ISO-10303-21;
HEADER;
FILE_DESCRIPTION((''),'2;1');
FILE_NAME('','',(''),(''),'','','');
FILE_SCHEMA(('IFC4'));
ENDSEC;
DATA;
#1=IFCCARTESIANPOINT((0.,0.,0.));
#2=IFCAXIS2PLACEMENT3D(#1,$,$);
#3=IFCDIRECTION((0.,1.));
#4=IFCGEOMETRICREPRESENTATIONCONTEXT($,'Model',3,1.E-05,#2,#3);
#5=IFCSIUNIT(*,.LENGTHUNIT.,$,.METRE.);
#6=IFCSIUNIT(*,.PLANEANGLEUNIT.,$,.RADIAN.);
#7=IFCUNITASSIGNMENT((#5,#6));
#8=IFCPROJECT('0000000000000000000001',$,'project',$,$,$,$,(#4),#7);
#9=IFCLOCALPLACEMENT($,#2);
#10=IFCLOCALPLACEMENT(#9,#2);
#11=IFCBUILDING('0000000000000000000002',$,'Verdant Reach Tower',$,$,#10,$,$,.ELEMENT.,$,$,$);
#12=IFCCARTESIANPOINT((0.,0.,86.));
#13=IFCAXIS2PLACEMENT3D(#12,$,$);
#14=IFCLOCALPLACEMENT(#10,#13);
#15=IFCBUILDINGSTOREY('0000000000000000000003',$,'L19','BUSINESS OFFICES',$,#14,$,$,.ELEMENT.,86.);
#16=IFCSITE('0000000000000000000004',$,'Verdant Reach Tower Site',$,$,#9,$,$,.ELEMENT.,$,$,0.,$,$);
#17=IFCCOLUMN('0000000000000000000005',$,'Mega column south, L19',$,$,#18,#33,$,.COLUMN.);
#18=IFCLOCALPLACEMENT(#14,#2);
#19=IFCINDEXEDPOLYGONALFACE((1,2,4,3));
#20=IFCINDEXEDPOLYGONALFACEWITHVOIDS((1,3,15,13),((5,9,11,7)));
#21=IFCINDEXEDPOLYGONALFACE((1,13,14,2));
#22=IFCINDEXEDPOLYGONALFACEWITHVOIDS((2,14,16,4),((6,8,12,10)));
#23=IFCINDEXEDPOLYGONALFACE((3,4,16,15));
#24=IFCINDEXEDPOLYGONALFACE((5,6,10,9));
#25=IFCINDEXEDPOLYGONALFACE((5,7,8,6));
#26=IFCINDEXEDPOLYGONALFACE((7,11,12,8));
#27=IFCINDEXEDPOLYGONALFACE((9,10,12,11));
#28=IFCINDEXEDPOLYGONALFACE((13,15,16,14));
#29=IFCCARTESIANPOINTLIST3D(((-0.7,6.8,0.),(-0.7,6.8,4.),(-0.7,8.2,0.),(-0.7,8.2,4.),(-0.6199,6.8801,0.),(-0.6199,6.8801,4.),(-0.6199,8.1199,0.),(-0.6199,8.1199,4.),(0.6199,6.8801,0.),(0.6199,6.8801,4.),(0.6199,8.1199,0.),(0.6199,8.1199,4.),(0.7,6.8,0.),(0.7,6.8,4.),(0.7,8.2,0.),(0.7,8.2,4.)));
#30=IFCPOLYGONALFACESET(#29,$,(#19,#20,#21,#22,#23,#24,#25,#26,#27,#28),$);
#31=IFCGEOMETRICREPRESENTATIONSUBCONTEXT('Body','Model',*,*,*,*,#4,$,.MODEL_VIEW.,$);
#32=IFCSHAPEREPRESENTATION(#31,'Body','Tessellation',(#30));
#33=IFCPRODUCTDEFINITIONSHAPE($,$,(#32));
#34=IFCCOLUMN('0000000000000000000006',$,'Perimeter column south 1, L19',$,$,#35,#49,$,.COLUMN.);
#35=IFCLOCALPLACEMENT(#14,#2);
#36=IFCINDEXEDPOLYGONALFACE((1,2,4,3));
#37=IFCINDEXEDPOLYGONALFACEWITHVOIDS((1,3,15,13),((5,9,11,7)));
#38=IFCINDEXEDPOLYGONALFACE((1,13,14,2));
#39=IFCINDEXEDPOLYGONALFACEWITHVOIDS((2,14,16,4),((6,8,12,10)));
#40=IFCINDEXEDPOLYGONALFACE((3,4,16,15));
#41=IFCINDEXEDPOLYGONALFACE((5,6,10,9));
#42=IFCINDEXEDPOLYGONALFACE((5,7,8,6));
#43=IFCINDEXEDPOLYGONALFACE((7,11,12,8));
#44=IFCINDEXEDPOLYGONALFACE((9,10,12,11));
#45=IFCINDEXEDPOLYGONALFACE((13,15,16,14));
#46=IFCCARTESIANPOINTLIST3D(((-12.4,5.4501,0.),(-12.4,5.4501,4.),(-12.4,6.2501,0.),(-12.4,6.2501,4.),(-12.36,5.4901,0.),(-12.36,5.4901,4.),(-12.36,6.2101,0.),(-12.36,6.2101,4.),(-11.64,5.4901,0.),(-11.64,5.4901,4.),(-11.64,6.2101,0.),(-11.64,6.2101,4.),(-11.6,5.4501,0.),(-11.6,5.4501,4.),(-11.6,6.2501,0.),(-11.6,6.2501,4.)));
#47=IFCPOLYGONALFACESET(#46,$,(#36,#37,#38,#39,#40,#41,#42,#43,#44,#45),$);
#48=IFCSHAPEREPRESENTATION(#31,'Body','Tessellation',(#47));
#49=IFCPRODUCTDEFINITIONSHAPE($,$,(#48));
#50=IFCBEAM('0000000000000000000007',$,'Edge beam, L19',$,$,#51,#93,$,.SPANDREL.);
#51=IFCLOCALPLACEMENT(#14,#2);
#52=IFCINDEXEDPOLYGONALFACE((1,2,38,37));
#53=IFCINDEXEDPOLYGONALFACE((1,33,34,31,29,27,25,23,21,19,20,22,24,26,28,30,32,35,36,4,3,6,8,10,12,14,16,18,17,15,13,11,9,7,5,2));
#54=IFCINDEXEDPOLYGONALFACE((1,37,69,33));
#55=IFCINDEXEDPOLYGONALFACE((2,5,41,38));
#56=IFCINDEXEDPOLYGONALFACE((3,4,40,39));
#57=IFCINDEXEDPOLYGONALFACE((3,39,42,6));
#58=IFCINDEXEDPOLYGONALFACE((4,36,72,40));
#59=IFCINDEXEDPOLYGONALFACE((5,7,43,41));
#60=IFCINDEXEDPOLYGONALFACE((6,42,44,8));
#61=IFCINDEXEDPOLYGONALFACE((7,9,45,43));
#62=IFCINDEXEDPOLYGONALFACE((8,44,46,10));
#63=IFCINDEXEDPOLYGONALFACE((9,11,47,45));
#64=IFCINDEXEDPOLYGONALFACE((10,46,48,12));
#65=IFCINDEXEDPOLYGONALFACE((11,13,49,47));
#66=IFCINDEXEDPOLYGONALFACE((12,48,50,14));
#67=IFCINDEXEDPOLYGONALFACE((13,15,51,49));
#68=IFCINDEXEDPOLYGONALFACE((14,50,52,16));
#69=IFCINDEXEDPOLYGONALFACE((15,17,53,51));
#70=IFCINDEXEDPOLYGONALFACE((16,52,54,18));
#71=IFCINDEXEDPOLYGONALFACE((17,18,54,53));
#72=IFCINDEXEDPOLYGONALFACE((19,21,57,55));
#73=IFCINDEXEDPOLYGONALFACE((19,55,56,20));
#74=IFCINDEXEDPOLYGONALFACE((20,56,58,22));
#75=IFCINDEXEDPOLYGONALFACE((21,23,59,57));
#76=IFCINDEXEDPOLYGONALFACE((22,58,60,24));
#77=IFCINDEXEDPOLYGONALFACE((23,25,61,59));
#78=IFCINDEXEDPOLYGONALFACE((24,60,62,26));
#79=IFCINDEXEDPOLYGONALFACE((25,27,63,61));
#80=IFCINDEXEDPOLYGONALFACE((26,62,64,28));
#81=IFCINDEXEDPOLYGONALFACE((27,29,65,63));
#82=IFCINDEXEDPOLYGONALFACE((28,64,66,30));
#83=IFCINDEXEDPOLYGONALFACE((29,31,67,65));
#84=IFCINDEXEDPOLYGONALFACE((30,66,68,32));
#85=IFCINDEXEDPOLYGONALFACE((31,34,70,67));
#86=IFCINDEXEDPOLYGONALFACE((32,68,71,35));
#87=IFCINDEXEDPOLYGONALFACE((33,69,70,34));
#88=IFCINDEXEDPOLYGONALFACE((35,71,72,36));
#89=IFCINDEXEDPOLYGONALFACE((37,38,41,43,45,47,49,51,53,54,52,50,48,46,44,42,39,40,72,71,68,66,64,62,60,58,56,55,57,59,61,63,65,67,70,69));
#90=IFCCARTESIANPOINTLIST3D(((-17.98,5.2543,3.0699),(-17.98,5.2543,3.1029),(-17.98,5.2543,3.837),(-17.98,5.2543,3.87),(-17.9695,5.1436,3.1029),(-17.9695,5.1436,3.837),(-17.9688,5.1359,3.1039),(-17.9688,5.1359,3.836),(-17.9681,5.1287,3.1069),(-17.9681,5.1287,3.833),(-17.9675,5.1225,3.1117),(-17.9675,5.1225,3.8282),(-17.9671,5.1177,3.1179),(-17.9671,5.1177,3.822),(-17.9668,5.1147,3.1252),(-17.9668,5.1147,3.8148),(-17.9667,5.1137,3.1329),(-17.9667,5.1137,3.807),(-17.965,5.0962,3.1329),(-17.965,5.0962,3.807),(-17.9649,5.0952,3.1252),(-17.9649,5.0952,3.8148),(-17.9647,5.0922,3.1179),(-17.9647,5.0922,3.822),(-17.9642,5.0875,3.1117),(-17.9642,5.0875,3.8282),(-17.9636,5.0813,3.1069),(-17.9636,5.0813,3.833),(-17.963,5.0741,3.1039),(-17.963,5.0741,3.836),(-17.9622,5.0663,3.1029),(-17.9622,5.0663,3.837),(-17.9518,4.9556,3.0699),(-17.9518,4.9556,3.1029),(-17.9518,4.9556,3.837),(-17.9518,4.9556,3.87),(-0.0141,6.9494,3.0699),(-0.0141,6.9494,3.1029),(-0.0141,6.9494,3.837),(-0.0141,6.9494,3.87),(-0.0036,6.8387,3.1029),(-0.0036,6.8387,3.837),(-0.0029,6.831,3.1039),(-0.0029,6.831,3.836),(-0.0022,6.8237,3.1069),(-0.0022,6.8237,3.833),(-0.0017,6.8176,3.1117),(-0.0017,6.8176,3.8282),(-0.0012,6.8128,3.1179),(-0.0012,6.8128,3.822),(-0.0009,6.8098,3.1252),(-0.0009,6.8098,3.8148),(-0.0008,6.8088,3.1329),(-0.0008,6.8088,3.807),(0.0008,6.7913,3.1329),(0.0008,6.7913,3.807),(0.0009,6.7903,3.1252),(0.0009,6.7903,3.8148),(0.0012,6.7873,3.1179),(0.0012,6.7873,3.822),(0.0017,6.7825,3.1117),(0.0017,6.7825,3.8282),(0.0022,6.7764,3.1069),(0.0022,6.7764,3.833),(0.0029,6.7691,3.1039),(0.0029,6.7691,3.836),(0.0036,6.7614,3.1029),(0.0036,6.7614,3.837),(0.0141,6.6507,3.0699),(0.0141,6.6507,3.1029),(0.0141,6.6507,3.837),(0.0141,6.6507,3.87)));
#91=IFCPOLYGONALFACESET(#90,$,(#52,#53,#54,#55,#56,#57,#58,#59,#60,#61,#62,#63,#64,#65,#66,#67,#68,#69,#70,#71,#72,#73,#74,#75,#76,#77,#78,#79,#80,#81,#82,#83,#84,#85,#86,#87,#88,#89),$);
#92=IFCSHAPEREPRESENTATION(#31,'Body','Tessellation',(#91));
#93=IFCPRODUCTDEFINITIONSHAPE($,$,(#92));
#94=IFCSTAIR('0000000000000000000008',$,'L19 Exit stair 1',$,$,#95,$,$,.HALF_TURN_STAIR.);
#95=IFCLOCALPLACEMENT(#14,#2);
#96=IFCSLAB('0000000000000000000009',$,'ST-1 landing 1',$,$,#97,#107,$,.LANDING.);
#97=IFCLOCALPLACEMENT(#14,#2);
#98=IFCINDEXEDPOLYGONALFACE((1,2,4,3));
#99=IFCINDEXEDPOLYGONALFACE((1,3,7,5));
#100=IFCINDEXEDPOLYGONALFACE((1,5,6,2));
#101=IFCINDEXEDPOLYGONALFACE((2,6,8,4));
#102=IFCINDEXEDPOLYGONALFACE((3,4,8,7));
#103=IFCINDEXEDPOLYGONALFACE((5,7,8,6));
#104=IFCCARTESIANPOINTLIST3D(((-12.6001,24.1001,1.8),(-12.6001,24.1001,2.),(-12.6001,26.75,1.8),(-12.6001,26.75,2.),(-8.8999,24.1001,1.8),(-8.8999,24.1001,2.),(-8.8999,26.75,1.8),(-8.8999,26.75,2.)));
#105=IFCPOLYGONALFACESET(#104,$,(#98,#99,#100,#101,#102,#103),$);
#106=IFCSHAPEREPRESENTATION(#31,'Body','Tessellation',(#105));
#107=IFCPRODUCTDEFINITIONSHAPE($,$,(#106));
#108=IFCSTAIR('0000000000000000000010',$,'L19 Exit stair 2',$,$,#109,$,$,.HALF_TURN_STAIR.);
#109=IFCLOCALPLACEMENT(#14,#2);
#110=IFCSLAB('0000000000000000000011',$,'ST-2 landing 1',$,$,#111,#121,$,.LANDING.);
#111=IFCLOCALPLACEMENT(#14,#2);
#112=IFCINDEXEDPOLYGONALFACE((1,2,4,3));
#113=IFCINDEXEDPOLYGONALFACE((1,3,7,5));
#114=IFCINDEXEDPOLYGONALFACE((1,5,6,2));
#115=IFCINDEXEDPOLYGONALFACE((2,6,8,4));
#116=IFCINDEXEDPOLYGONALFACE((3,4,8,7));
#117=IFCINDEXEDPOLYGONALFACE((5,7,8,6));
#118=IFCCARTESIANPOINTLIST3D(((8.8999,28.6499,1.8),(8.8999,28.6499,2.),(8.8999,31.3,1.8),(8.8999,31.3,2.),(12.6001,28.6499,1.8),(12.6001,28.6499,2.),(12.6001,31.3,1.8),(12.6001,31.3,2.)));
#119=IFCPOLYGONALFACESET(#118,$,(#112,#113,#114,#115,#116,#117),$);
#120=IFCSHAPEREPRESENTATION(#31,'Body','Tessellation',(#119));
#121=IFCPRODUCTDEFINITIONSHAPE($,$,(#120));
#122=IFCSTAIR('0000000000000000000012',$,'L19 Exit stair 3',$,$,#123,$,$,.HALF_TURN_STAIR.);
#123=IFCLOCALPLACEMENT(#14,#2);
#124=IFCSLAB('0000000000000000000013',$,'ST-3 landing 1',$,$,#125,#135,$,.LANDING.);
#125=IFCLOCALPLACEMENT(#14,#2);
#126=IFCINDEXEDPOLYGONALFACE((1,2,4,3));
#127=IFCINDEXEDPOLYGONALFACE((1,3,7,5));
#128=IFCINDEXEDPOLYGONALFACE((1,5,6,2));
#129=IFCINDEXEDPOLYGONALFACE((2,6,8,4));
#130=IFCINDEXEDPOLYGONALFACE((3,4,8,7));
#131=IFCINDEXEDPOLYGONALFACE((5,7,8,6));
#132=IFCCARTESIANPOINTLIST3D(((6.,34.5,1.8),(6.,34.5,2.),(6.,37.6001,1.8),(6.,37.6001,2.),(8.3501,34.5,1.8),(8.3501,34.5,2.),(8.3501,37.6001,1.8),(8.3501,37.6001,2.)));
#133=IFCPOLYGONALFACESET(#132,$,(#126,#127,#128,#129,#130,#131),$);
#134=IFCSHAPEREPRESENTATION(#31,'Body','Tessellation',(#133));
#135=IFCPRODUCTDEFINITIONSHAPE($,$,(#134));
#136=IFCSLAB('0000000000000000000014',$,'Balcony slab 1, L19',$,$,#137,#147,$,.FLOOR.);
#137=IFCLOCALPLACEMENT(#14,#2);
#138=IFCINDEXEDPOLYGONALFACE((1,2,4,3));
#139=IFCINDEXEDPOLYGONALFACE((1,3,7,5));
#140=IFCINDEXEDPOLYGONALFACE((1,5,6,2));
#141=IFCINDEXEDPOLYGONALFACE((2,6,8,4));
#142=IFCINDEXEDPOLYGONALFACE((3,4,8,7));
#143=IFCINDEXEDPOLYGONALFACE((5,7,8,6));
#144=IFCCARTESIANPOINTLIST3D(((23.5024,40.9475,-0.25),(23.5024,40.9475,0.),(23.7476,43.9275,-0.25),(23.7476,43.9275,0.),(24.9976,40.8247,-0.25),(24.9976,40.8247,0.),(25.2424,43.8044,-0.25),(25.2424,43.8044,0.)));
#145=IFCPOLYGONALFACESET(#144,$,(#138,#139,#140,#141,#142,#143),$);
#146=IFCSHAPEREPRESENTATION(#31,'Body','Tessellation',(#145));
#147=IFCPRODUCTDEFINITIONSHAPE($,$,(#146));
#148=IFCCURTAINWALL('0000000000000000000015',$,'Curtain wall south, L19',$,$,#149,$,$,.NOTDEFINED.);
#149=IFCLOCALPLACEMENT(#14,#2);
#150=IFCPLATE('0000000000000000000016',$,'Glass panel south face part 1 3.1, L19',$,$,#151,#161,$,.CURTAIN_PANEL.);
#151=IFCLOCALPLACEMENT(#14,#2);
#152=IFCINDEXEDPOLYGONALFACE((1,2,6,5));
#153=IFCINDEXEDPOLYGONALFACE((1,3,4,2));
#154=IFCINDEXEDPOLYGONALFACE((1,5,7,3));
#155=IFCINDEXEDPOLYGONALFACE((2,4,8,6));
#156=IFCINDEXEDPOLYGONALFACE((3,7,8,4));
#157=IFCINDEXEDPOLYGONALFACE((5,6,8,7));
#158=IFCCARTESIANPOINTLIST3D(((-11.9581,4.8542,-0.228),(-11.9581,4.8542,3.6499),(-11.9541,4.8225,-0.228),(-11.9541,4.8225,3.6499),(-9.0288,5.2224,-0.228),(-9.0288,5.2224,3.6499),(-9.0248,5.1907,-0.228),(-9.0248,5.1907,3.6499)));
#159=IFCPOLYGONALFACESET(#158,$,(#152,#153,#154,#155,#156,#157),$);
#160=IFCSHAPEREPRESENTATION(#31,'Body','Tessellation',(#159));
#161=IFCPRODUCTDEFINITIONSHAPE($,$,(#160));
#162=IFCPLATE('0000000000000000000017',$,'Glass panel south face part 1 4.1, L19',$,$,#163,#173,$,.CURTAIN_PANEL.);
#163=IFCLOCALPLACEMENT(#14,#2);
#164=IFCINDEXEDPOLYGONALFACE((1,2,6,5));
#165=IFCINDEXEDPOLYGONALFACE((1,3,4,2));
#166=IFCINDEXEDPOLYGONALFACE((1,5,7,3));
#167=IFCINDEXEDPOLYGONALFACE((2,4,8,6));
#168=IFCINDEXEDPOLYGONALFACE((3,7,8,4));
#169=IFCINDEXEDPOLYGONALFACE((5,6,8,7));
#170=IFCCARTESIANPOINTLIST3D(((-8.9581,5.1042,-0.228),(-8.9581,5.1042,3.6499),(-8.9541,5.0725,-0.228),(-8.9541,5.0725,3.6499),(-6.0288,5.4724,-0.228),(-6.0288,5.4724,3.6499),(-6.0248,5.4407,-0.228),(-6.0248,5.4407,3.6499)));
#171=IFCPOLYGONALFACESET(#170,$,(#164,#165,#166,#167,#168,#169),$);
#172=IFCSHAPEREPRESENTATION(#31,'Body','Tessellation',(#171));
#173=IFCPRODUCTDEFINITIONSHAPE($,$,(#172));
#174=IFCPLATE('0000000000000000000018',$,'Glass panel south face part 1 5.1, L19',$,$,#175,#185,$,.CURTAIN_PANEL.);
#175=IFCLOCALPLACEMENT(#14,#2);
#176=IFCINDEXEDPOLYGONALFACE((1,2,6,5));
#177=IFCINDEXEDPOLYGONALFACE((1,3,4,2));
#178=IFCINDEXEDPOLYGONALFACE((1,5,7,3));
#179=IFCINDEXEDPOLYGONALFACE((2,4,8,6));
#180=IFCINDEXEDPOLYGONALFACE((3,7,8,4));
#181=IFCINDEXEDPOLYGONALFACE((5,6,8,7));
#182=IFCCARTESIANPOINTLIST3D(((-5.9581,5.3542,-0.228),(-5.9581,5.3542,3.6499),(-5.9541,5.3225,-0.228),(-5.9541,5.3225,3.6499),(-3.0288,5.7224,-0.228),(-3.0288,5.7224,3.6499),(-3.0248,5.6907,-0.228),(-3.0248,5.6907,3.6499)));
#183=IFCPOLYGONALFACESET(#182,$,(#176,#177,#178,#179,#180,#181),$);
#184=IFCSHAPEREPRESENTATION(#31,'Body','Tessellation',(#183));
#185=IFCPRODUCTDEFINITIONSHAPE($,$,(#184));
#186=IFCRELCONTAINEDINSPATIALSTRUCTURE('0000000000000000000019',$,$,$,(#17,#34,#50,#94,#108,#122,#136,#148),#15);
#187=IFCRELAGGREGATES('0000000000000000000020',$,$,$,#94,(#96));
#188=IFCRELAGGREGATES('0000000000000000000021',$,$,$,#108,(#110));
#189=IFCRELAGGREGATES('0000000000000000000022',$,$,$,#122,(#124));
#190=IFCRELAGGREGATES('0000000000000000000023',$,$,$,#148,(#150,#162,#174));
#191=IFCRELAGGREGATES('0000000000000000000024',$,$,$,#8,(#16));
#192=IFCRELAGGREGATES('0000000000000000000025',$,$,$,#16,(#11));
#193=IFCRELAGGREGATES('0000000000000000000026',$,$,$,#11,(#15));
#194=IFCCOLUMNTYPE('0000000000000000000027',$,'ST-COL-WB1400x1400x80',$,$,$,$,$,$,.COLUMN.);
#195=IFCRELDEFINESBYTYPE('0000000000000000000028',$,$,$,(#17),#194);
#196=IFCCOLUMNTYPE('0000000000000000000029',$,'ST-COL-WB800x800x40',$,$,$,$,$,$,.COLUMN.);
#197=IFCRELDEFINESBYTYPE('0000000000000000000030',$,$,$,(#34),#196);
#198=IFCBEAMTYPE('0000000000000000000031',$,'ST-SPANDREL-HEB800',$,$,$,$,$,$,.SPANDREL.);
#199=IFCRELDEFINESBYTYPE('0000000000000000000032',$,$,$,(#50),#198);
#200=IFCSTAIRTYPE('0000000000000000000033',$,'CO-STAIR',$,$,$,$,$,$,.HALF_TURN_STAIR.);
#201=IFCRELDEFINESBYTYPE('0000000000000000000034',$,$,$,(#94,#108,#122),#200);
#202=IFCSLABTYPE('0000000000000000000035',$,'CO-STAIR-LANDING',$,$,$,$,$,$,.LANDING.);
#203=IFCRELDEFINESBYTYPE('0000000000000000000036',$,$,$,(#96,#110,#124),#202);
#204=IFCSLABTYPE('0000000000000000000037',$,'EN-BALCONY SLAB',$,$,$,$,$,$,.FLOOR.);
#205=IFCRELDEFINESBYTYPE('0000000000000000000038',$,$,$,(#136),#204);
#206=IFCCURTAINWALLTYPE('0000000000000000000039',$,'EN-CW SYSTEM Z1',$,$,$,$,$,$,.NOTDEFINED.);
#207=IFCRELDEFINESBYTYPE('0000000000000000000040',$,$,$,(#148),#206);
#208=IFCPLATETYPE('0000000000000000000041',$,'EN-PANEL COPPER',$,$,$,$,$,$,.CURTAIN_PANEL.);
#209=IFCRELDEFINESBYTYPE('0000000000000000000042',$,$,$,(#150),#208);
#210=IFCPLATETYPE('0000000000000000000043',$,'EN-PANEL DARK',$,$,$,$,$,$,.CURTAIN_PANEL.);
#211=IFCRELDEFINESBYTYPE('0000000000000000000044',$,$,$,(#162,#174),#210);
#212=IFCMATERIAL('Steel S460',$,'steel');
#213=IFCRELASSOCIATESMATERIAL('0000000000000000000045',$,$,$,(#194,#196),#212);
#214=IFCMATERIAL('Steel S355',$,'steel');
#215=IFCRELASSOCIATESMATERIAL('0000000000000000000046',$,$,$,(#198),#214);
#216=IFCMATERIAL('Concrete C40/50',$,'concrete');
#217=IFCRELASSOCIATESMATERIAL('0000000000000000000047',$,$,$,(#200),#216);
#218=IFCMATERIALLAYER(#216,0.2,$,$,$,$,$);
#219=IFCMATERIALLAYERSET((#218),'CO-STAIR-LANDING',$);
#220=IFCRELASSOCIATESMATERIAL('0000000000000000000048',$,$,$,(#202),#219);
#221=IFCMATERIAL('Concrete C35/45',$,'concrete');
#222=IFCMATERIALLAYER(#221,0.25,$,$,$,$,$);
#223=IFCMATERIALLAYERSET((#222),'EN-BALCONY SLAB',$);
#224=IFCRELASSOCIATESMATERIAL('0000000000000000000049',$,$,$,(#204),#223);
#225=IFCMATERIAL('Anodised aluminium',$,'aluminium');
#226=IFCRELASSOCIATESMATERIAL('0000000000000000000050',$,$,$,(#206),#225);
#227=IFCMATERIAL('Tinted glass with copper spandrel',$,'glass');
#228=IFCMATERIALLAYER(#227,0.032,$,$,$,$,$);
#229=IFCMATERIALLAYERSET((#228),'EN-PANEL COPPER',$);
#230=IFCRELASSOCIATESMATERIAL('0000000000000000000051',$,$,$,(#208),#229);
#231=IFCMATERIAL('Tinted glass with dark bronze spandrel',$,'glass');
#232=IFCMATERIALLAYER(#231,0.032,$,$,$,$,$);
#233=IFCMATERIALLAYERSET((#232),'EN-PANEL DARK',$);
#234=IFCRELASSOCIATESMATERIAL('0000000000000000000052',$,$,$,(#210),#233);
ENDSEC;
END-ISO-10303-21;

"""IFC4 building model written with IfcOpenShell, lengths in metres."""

from ifc_helpers import new_model, si_unit, direction, frame, origin, origin_2d, place, context, subcontext, project, spatial, polyline, rectangle, hollow_rectangle, i_section, outline, extrude, material, layer, layer_set, material_profile, profile_set, type_object, element, aggregate, save


model = new_model("IFC4")

# Units and contexts
model_context = context("Model", 3, precision=1e-05, world=origin(), true_north=direction((0.0, 1.0)))
body_context = subcontext(model_context, "Body", "Model", "MODEL_VIEW")
ifc_project = project(units=[si_unit("LENGTHUNIT", "METRE"), si_unit("PLANEANGLEUNIT", "RADIAN")], contexts=[model_context])

# Site, building, storey
site_placement = place(None, origin())
site = spatial("IfcSite", under=ifc_project, at=site_placement, Name="Verdant Reach Tower Site", CompositionType="ELEMENT", RefElevation=0.0)
building_placement = place(site_placement, origin())
building = spatial("IfcBuilding", under=site, at=building_placement, Name="Verdant Reach Tower", CompositionType="ELEMENT")
storey_placement = place(building_placement, frame((0.0, 0.0, 86.0)))
storey = spatial("IfcBuildingStorey", under=building, at=storey_placement, Name="L19", Description="BUSINESS OFFICES", CompositionType="ELEMENT", Elevation=86.0)

# Columns
ifc_material_1 = material(Name="Steel S460", Category="steel")
ifc_material_profile_1 = material_profile(ifc_material_1, hollow_rectangle(XDim=1.3999, YDim=1.3999, WallThickness=0.0801, at=origin_2d()), Name="WB 1400x1400x80")
ifc_profile_set_1 = profile_set([ifc_material_profile_1], Name="Steel S460")
column_type_1 = type_object("IfcColumnType", Name="ST-COL-WB1400x1400x80", PredefinedType="COLUMN", material=ifc_profile_set_1)
column_1_placement = place(storey_placement, frame((0.0, 7.5, 0.0), z_axis=(0.0, 0.0, 1.0), x_axis=(1.0, 0.0, 0.0)))
element("IfcColumn", 1, at=column_1_placement, inside=storey, type_object=column_type_1, Name="Mega column south, L19", PredefinedType="COLUMN", context=body_context, shape_type="SweptSolid", body=[
    extrude(hollow_rectangle(XDim=1.3999, YDim=1.3999, WallThickness=0.0801, at=origin_2d()), origin(), (0.0, 0.0, 1.0), 4.0),
])
ifc_material_profile_2 = material_profile(ifc_material_1, hollow_rectangle(XDim=0.8, YDim=0.8, WallThickness=0.04, at=origin_2d()), Name="WB 800x800x40")
ifc_profile_set_2 = profile_set([ifc_material_profile_2], Name="Steel S460")
column_type_2 = type_object("IfcColumnType", Name="ST-COL-WB800x800x40", PredefinedType="COLUMN", material=ifc_profile_set_2)
column_2_placement = place(storey_placement, frame((-12.0, 5.8501, 0.0), z_axis=(0.0, 0.0, 1.0), x_axis=(1.0, 0.0, 0.0)))
element("IfcColumn", 2, at=column_2_placement, inside=storey, type_object=column_type_2, Name="Perimeter column south 1, L19", PredefinedType="COLUMN", context=body_context, shape_type="SweptSolid", body=[
    extrude(hollow_rectangle(XDim=0.8, YDim=0.8, WallThickness=0.04, at=origin_2d()), origin(), (0.0, 0.0, 1.0), 4.0),
])

# Beam
ifc_material_2 = material(Name="Steel S355", Category="steel")
ifc_material_profile_3 = material_profile(ifc_material_2, i_section(OverallWidth=0.3, OverallDepth=0.8, WebThickness=0.0176, FlangeThickness=0.033, FilletRadius=0.03, at=origin_2d()), Name="HEB 800")
ifc_profile_set_3 = profile_set([ifc_material_profile_3], Name="Steel S355")
beam_type = type_object("IfcBeamType", Name="ST-SPANDREL-HEB800", PredefinedType="SPANDREL", material=ifc_profile_set_3)
beam_placement = place(storey_placement, frame((0.0, 6.8, 3.47), z_axis=(-0.995579, -0.093932, 0.0), x_axis=(0.093932, -0.995579, 0.0)))
element("IfcBeam", 3, at=beam_placement, inside=storey, type_object=beam_type, Name="Edge beam, L19", PredefinedType="SPANDREL", context=body_context, shape_type="SweptSolid", body=[
    extrude(i_section(OverallWidth=0.3, OverallDepth=0.8, WebThickness=0.0176, FlangeThickness=0.033, FilletRadius=0.03, at=origin_2d()), origin(), (0.0, 0.0, 1.0), 18.0457),
])

# Stairs, slabs
ifc_material_3 = material(Name="Concrete C40/50", Category="concrete")
stair_type = type_object("IfcStairType", Name="CO-STAIR", PredefinedType="HALF_TURN_STAIR", material=ifc_material_3)
stair_1_placement = place(storey_placement, origin())
stair_1 = element("IfcStair", 4, at=stair_1_placement, inside=storey, type_object=stair_type, Name="L19 Exit stair 1", PredefinedType="HALF_TURN_STAIR")
ifc_layer_1 = layer(ifc_material_3, 0.2)
ifc_layer_set_1 = layer_set([ifc_layer_1], Name="CO-STAIR-LANDING")
slab_type_1 = type_object("IfcSlabType", Name="CO-STAIR-LANDING", PredefinedType="LANDING", material=ifc_layer_set_1)
slab_1_placement = place(storey_placement, frame((0.0, 0.0, 1.8)))
slab_1 = element("IfcSlab", 5, at=slab_1_placement, type_object=slab_type_1, Name="ST-1 landing 1", PredefinedType="LANDING", context=body_context, shape_type="SweptSolid", body=[
    extrude(outline(polyline([(-12.6001, 26.75), (-12.6001, 24.1001), (-8.8999, 24.1001), (-8.8999, 26.75), (-12.6001, 26.75)])), origin(), (0.0, 0.0, 1.0), 0.2),
])
aggregate(stair_1, [slab_1])
stair_2_placement = place(storey_placement, origin())
stair_2 = element("IfcStair", 6, at=stair_2_placement, inside=storey, type_object=stair_type, Name="L19 Exit stair 2", PredefinedType="HALF_TURN_STAIR")
slab_2_placement = place(storey_placement, frame((0.0, 0.0, 1.8)))
slab_2 = element("IfcSlab", 7, at=slab_2_placement, type_object=slab_type_1, Name="ST-2 landing 1", PredefinedType="LANDING", context=body_context, shape_type="SweptSolid", body=[
    extrude(outline(polyline([(12.6001, 28.6499), (12.6001, 31.3), (8.8999, 31.3), (8.8999, 28.6499), (12.6001, 28.6499)])), origin(), (0.0, 0.0, 1.0), 0.2),
])
aggregate(stair_2, [slab_2])
stair_3_placement = place(storey_placement, origin())
stair_3 = element("IfcStair", 8, at=stair_3_placement, inside=storey, type_object=stair_type, Name="L19 Exit stair 3", PredefinedType="HALF_TURN_STAIR")
slab_3_placement = place(storey_placement, frame((0.0, 0.0, 1.8)))
slab_3 = element("IfcSlab", 9, at=slab_3_placement, type_object=slab_type_1, Name="ST-3 landing 1", PredefinedType="LANDING", context=body_context, shape_type="SweptSolid", body=[
    extrude(outline(polyline([(8.3501, 37.6001), (6.0, 37.6001), (6.0, 34.5), (8.3501, 34.5), (8.3501, 37.6001)])), origin(), (0.0, 0.0, 1.0), 0.2),
])
aggregate(stair_3, [slab_3])

# Slab
ifc_material_4 = material(Name="Concrete C35/45", Category="concrete")
ifc_layer_2 = layer(ifc_material_4, 0.25)
ifc_layer_set_2 = layer_set([ifc_layer_2], Name="EN-BALCONY SLAB")
slab_type_2 = type_object("IfcSlabType", Name="EN-BALCONY SLAB", PredefinedType="FLOOR", material=ifc_layer_set_2)
slab_4_placement = place(storey_placement, frame((0.0, 0.0, -0.25)))
element("IfcSlab", 10, at=slab_4_placement, inside=storey, type_object=slab_type_2, Name="Balcony slab 1, L19", PredefinedType="FLOOR", context=body_context, shape_type="SweptSolid", body=[
    extrude(outline(polyline([(23.5024, 40.9475), (23.7476, 43.9275), (25.2424, 43.8044), (24.9976, 40.8247), (23.5024, 40.9475)])), origin(), (0.0, 0.0, 1.0), 0.25),
])

# Curtain wall, plates
ifc_material_5 = material(Name="Anodised aluminium", Category="aluminium")
curtain_wall_type = type_object("IfcCurtainWallType", Name="EN-CW SYSTEM Z1", PredefinedType="NOTDEFINED", material=ifc_material_5)
curtain_wall_placement = place(storey_placement, origin())
curtain_wall = element("IfcCurtainWall", 11, at=curtain_wall_placement, inside=storey, type_object=curtain_wall_type, Name="Curtain wall south, L19", PredefinedType="NOTDEFINED")
ifc_material_6 = material(Name="Tinted glass with copper spandrel", Category="glass")
ifc_layer_3 = layer(ifc_material_6, 0.032)
ifc_layer_set_3 = layer_set([ifc_layer_3], Name="EN-PANEL COPPER")
plate_type_1 = type_object("IfcPlateType", Name="EN-PANEL COPPER", PredefinedType="CURTAIN_PANEL", material=ifc_layer_set_3)
plate_1_placement = place(storey_placement, frame((-10.4915, 5.0225, -0.228), z_axis=(0.0, 0.0, 1.0), x_axis=(0.992194, 0.124704, 0.0)))
plate_1 = element("IfcPlate", 12, at=plate_1_placement, type_object=plate_type_1, Name="Glass panel south face part 1 3.1, L19", PredefinedType="CURTAIN_PANEL", context=body_context, shape_type="SweptSolid", body=[
    extrude(rectangle(XDim=2.9524, YDim=0.032, at=origin_2d()), origin(), (0.0, 0.0, 1.0), 3.8779),
])
ifc_material_7 = material(Name="Tinted glass with dark bronze spandrel", Category="glass")
ifc_layer_4 = layer(ifc_material_7, 0.032)
ifc_layer_set_4 = layer_set([ifc_layer_4], Name="EN-PANEL DARK")
plate_type_2 = type_object("IfcPlateType", Name="EN-PANEL DARK", PredefinedType="CURTAIN_PANEL", material=ifc_layer_set_4)
plate_2_placement = place(storey_placement, frame((-7.4915, 5.2725, -0.228), z_axis=(0.0, 0.0, 1.0), x_axis=(0.992194, 0.124704, 0.0)))
plate_2 = element("IfcPlate", 13, at=plate_2_placement, type_object=plate_type_2, Name="Glass panel south face part 1 4.1, L19", PredefinedType="CURTAIN_PANEL", context=body_context, shape_type="SweptSolid", body=[
    extrude(rectangle(XDim=2.9524, YDim=0.032, at=origin_2d()), origin(), (0.0, 0.0, 1.0), 3.8779),
])
plate_3_placement = place(storey_placement, frame((-4.4915, 5.5225, -0.228), z_axis=(0.0, 0.0, 1.0), x_axis=(0.992194, 0.124704, 0.0)))
plate_3 = element("IfcPlate", 14, at=plate_3_placement, type_object=plate_type_2, Name="Glass panel south face part 1 5.1, L19", PredefinedType="CURTAIN_PANEL", context=body_context, shape_type="SweptSolid", body=[
    extrude(rectangle(XDim=2.9524, YDim=0.032, at=origin_2d()), origin(), (0.0, 0.0, 1.0), 3.8779),
])
aggregate(curtain_wall, [plate_1, plate_2, plate_3])

save(model, "model.ifc")
